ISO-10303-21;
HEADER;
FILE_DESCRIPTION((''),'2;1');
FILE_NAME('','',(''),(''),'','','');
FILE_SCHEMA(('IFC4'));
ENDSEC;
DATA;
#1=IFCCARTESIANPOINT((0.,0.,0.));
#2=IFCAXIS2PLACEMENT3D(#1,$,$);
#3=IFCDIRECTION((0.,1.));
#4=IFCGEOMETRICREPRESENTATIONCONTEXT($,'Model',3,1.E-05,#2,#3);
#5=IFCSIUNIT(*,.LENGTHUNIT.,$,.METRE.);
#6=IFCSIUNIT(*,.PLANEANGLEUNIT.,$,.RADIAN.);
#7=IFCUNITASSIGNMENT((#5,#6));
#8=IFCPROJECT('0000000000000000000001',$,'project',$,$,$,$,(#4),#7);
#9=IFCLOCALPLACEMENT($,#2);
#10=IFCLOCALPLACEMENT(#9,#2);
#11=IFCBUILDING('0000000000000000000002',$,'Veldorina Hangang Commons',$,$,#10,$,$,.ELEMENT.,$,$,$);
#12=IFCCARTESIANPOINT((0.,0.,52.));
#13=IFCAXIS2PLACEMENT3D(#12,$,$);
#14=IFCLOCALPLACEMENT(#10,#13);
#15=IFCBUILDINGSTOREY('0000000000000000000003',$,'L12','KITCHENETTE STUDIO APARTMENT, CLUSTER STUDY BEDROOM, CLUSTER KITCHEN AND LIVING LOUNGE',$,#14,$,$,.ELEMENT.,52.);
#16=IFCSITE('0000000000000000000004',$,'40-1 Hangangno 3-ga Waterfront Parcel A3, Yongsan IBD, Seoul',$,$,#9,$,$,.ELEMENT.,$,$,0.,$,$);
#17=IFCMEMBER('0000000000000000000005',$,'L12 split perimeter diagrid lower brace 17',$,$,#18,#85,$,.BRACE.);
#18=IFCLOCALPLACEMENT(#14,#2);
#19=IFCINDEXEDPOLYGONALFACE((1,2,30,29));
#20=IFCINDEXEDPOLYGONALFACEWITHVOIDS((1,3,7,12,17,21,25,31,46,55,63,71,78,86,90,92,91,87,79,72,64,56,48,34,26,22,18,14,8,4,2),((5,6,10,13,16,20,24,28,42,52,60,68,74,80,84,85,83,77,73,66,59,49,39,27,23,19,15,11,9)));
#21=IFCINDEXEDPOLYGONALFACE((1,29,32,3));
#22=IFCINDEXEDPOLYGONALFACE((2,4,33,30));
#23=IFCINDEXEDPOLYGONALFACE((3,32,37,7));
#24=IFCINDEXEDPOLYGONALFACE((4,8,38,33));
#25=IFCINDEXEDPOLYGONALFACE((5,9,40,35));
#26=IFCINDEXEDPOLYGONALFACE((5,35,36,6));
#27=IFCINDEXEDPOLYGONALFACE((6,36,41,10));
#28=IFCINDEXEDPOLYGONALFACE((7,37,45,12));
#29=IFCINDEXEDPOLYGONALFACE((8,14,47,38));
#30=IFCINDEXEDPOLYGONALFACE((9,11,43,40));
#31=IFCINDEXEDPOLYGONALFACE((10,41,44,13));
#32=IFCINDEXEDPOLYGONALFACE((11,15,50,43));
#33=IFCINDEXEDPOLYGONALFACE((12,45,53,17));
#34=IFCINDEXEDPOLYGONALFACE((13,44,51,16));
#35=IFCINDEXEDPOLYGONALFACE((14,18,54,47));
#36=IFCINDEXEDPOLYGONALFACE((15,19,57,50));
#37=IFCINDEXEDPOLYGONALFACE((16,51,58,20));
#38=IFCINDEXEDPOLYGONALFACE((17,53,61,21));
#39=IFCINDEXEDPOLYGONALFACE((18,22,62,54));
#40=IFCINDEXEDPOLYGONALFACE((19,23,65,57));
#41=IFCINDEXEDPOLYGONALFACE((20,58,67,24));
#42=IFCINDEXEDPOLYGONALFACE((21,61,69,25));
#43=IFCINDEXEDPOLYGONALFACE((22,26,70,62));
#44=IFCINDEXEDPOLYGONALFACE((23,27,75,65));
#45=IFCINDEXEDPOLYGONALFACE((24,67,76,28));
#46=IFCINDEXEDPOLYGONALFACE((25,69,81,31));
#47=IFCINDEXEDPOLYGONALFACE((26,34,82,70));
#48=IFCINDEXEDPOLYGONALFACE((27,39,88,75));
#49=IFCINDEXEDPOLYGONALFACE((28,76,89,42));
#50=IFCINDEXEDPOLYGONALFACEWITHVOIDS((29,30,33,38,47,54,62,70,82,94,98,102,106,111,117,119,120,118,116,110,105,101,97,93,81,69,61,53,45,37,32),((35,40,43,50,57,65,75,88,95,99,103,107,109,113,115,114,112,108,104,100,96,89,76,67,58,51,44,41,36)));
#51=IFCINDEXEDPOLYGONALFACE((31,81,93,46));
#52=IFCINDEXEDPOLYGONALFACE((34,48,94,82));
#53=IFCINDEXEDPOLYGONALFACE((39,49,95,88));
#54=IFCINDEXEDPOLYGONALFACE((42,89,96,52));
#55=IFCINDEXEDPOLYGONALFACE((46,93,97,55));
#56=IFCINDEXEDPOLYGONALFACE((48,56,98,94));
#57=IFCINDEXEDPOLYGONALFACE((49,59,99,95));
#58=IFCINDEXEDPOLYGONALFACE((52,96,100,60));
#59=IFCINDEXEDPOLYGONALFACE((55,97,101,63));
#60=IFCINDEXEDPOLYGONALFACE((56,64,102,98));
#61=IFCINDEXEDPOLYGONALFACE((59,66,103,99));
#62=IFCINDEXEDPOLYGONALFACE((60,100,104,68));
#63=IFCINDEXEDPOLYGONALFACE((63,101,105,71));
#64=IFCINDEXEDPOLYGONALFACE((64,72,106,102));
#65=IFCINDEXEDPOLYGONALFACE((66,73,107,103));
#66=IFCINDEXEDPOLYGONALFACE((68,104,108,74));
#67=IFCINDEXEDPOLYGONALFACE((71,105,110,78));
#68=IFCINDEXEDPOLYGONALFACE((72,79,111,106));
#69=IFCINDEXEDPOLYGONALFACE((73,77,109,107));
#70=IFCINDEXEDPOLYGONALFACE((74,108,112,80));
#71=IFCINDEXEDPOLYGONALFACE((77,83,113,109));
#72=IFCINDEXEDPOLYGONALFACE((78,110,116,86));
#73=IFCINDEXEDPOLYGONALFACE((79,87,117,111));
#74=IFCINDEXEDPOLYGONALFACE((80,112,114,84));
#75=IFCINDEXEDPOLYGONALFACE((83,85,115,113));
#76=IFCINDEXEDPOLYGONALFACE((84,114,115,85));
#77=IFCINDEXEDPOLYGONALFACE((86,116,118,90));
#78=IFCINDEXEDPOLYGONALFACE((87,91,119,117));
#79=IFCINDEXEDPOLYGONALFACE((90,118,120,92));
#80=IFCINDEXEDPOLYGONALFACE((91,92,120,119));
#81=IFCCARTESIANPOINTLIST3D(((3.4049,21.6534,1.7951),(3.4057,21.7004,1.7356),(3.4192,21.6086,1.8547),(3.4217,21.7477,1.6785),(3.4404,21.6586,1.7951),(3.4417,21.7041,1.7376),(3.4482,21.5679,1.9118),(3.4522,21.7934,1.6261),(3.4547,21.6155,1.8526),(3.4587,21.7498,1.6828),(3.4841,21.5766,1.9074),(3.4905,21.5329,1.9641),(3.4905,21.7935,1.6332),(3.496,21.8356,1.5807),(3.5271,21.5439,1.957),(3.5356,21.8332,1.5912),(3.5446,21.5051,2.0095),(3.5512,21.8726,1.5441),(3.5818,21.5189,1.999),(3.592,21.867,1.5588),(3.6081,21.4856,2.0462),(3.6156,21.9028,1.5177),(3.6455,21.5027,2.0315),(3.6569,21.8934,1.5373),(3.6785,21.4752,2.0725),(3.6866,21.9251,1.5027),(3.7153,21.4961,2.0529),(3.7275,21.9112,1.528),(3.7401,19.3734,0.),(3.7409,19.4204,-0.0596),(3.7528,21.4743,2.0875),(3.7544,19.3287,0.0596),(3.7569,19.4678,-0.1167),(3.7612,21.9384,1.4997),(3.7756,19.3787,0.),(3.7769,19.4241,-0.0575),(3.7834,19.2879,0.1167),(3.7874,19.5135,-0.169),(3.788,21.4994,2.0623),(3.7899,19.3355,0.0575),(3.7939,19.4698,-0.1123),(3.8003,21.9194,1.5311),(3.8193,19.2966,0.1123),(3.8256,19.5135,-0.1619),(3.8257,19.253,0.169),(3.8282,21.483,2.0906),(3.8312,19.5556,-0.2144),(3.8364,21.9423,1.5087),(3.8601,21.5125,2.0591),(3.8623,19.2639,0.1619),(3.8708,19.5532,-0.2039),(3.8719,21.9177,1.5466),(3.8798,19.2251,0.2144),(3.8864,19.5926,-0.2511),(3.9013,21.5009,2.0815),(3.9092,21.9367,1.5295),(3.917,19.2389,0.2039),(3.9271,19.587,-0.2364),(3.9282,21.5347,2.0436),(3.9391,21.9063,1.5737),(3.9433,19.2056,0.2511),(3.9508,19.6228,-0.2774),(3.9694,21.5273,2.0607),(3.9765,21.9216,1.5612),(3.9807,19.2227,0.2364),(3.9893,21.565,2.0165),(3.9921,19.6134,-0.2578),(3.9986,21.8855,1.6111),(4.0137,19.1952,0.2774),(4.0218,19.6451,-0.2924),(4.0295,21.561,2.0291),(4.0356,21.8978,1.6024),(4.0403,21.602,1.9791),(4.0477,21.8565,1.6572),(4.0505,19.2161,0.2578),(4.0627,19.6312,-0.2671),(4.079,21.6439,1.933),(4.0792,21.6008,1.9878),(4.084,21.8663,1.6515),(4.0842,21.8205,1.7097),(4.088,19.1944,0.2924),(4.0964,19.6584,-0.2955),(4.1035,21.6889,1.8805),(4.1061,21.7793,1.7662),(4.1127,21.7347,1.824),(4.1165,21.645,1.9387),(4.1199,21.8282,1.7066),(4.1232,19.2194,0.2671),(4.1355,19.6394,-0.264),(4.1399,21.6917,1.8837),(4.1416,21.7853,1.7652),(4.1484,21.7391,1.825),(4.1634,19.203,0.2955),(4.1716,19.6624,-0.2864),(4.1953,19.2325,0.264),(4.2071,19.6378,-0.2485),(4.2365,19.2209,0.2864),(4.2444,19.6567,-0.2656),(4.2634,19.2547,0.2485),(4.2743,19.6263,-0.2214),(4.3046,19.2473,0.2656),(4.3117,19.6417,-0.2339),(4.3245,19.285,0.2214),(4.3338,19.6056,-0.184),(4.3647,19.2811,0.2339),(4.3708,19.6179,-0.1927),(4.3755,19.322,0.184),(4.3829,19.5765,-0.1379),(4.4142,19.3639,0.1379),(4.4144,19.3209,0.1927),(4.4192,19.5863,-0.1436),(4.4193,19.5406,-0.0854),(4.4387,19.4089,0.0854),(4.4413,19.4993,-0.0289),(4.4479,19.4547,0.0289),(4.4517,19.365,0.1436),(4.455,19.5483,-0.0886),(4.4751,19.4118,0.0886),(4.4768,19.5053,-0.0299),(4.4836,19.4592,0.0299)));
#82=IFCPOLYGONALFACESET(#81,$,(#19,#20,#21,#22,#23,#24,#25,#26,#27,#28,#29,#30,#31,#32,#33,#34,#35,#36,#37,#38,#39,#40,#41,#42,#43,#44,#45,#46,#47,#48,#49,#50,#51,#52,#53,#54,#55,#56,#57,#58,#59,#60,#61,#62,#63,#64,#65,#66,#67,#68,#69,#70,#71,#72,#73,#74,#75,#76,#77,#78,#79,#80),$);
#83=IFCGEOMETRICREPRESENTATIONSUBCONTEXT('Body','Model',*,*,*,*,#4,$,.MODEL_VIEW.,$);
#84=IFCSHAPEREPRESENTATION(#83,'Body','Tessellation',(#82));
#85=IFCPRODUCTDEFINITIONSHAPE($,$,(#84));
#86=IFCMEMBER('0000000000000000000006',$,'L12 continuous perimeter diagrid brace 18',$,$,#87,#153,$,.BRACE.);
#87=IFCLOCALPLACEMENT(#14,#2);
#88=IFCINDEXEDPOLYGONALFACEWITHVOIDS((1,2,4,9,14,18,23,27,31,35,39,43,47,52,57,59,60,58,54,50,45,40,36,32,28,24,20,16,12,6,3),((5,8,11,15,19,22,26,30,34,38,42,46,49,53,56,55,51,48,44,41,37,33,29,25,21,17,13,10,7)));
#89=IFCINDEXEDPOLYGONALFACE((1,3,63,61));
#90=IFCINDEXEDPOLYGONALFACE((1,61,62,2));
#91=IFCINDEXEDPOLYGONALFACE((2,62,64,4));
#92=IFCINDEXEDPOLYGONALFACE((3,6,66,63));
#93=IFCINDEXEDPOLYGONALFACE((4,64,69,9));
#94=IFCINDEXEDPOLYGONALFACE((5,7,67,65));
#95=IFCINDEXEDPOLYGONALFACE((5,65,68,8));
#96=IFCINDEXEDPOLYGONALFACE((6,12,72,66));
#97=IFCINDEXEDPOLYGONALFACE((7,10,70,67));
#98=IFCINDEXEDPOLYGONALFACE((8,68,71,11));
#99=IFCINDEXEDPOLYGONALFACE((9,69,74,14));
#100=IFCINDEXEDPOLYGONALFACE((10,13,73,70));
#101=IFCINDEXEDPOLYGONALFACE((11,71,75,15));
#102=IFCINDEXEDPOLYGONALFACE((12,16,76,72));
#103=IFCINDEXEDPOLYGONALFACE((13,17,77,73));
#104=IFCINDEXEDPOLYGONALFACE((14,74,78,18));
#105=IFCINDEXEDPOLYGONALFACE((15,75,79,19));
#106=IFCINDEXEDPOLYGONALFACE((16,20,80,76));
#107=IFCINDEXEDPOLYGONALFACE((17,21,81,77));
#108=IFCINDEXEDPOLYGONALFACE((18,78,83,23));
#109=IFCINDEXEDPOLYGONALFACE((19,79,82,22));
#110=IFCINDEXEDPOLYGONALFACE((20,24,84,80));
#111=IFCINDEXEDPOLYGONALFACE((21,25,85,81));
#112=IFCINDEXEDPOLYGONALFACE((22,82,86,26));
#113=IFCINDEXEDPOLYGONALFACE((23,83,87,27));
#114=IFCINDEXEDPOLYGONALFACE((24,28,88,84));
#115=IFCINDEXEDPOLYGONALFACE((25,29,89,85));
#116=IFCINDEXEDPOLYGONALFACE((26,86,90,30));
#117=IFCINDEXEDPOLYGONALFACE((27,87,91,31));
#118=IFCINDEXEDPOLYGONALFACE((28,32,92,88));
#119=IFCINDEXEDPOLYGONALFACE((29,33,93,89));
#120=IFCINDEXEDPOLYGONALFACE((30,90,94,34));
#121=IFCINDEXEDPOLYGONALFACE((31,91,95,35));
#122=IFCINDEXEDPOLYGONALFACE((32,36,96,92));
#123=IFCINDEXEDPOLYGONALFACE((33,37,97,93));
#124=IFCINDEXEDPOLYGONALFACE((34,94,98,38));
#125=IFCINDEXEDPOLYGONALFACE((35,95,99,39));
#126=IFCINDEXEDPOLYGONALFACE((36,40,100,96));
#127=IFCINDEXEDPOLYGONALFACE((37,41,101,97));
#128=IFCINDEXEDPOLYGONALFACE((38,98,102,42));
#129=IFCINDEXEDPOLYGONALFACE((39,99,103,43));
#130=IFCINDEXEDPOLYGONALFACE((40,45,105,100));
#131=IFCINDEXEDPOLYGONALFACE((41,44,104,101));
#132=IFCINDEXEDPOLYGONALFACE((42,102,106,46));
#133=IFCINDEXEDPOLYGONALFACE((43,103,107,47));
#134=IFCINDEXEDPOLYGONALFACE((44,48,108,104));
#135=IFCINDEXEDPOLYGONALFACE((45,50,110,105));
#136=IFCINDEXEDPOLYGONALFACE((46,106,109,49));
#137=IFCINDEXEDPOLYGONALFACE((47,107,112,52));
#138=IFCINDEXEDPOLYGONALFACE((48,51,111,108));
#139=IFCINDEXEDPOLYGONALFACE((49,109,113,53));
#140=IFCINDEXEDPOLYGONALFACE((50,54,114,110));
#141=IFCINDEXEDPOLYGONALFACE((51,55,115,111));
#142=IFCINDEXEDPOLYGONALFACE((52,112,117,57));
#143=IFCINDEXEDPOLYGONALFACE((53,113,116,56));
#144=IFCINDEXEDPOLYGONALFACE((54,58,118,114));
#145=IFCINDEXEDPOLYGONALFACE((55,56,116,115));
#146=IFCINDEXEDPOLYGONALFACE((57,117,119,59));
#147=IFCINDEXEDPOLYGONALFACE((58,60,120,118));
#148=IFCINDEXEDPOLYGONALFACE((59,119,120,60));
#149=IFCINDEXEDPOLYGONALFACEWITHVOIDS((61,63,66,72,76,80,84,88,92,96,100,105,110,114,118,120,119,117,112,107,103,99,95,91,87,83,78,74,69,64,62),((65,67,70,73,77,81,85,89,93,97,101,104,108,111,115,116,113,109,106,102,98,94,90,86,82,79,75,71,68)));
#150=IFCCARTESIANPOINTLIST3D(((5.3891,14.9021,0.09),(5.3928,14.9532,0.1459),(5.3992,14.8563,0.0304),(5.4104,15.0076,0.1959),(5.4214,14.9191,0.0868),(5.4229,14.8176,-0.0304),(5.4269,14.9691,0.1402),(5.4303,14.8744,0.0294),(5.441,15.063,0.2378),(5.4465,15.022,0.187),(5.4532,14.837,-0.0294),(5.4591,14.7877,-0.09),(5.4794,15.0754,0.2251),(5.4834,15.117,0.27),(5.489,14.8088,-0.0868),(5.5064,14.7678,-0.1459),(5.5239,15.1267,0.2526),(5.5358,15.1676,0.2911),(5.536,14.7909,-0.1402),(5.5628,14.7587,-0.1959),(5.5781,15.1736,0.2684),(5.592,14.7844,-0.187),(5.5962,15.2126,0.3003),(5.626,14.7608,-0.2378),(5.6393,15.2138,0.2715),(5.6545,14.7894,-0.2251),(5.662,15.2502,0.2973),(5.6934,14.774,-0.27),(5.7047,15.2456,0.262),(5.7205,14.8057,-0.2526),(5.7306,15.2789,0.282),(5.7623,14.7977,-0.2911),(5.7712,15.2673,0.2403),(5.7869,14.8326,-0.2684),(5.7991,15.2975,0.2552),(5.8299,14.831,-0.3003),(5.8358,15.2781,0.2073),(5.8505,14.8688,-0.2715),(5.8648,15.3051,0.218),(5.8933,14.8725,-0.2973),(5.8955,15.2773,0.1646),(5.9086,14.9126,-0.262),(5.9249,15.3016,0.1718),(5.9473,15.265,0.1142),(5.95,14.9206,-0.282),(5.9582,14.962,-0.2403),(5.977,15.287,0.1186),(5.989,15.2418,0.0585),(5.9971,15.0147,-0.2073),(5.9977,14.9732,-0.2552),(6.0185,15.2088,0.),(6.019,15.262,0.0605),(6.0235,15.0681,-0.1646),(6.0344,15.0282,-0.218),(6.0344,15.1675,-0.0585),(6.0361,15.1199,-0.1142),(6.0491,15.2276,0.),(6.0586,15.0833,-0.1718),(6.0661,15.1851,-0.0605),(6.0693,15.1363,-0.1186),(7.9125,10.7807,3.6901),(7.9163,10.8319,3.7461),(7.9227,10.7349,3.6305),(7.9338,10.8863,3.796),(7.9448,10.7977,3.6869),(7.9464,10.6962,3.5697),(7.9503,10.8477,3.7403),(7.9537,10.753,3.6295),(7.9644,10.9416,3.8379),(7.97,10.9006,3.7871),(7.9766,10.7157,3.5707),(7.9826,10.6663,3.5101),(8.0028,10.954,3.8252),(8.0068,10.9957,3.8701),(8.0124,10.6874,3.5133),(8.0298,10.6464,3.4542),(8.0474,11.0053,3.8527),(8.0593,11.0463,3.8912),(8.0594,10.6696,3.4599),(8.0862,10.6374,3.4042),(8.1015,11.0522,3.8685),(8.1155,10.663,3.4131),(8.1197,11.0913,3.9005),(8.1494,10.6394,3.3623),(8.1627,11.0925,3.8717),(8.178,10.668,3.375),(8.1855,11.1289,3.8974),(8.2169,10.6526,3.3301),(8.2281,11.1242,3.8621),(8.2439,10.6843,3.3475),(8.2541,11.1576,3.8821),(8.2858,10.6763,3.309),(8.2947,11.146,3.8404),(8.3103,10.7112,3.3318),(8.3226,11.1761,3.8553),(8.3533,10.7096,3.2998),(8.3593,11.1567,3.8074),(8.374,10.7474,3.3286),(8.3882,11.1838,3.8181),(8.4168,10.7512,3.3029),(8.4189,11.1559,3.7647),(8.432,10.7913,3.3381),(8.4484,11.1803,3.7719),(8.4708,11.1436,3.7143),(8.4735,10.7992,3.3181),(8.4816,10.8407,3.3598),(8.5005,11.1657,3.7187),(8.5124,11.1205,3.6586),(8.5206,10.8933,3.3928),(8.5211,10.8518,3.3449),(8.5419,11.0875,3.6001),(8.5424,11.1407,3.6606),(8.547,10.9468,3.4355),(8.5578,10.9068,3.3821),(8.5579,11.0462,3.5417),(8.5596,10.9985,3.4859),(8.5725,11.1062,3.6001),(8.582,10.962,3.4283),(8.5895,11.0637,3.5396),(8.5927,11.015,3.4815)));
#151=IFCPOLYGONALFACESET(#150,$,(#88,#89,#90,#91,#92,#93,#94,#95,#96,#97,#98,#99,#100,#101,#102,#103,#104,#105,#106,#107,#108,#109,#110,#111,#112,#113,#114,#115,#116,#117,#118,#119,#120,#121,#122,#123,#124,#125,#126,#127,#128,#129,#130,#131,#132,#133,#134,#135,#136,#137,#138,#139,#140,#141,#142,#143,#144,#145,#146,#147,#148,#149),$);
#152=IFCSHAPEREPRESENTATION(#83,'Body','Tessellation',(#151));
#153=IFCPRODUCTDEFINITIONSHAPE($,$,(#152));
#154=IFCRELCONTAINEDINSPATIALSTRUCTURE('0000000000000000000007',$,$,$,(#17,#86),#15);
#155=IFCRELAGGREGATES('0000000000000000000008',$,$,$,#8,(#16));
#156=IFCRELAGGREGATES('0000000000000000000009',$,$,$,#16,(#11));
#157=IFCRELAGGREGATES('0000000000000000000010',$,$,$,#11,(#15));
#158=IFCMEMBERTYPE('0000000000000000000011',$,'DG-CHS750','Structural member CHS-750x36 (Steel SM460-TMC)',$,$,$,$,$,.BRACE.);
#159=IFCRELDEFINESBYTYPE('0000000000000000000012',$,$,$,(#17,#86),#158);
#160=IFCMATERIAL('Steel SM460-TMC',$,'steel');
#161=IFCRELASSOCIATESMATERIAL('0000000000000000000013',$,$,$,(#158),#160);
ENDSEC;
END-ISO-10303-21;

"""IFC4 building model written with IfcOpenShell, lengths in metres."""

from ifc_helpers import new_model, si_unit, direction, frame, origin, origin_2d, place, context, subcontext, project, spatial, hollow_circle, extrude, material, material_profile, profile_set, type_object, element, save


model = new_model("IFC4")

# Units and contexts
model_context = context("Model", 3, precision=1e-05, world=origin(), true_north=direction((0.0, 1.0)))
body_context = subcontext(model_context, "Body", "Model", "MODEL_VIEW")
ifc_project = project(units=[si_unit("LENGTHUNIT", "METRE"), si_unit("PLANEANGLEUNIT", "RADIAN")], contexts=[model_context])

# Site, building, storey
site_placement = place(None, origin())
site = spatial("IfcSite", under=ifc_project, at=site_placement, Name="40-1 Hangangno 3-ga Waterfront Parcel A3, Yongsan IBD, Seoul", CompositionType="ELEMENT", RefElevation=0.0)
building_placement = place(site_placement, origin())
building = spatial("IfcBuilding", under=site, at=building_placement, Name="Veldorina Hangang Commons", CompositionType="ELEMENT")
storey_placement = place(building_placement, frame((0.0, 0.0, 52.0)))
storey = spatial("IfcBuildingStorey", under=building, at=storey_placement, Name="L12", Description="KITCHENETTE STUDIO APARTMENT, CLUSTER STUDY BEDROOM, CLUSTER KITCHEN AND LIVING LOUNGE", CompositionType="ELEMENT", Elevation=52.0)

# Shared definitions
ifc_material_1 = material(Name="Steel SM460-TMC", Category="steel")

# Members
ifc_material_profile_1 = material_profile(ifc_material_1, hollow_circle(Radius=0.375, WallThickness=0.0359, at=origin_2d()), Name="CHS-750x36")
ifc_profile_set_1 = profile_set([ifc_material_profile_1], Name="Steel SM460-TMC")
member_type = type_object("IfcMemberType", Name="DG-CHS750", Description="Structural member CHS-750x36 (Steel SM460-TMC)", PredefinedType="BRACE", material=ifc_profile_set_1)
member_1_placement = place(storey_placement, frame((4.1111, 19.428, 0.0), z_axis=(-0.114748, 0.780506, 0.614526), x_axis=(-0.989365, -0.145454, 0.0)))
element("IfcMember", 1, at=member_1_placement, inside=storey, type_object=member_type, Name="L12 split perimeter diagrid lower brace 17", PredefinedType="BRACE", context=body_context, shape_type="SweptSolid", body=[
    extrude(hollow_circle(Radius=0.375, WallThickness=0.0359, at=origin_2d()), origin(), (0.0, 0.0, 1.0), 2.9211),
])
member_2_placement = place(storey_placement, frame((5.7292, 15.0317, 0.0), z_axis=(0.418751, -0.683915, 0.597418), x_axis=(0.852836, 0.522179, 0.0)))
element("IfcMember", 2, at=member_2_placement, inside=storey, type_object=member_type, Name="L12 continuous perimeter diagrid brace 18", PredefinedType="BRACE", context=body_context, shape_type="SweptSolid", body=[
    extrude(hollow_circle(Radius=0.375, WallThickness=0.0359, at=origin_2d()), origin(), (0.0, 0.0, 1.0), 6.0261),
])

save(model, "model.ifc")
